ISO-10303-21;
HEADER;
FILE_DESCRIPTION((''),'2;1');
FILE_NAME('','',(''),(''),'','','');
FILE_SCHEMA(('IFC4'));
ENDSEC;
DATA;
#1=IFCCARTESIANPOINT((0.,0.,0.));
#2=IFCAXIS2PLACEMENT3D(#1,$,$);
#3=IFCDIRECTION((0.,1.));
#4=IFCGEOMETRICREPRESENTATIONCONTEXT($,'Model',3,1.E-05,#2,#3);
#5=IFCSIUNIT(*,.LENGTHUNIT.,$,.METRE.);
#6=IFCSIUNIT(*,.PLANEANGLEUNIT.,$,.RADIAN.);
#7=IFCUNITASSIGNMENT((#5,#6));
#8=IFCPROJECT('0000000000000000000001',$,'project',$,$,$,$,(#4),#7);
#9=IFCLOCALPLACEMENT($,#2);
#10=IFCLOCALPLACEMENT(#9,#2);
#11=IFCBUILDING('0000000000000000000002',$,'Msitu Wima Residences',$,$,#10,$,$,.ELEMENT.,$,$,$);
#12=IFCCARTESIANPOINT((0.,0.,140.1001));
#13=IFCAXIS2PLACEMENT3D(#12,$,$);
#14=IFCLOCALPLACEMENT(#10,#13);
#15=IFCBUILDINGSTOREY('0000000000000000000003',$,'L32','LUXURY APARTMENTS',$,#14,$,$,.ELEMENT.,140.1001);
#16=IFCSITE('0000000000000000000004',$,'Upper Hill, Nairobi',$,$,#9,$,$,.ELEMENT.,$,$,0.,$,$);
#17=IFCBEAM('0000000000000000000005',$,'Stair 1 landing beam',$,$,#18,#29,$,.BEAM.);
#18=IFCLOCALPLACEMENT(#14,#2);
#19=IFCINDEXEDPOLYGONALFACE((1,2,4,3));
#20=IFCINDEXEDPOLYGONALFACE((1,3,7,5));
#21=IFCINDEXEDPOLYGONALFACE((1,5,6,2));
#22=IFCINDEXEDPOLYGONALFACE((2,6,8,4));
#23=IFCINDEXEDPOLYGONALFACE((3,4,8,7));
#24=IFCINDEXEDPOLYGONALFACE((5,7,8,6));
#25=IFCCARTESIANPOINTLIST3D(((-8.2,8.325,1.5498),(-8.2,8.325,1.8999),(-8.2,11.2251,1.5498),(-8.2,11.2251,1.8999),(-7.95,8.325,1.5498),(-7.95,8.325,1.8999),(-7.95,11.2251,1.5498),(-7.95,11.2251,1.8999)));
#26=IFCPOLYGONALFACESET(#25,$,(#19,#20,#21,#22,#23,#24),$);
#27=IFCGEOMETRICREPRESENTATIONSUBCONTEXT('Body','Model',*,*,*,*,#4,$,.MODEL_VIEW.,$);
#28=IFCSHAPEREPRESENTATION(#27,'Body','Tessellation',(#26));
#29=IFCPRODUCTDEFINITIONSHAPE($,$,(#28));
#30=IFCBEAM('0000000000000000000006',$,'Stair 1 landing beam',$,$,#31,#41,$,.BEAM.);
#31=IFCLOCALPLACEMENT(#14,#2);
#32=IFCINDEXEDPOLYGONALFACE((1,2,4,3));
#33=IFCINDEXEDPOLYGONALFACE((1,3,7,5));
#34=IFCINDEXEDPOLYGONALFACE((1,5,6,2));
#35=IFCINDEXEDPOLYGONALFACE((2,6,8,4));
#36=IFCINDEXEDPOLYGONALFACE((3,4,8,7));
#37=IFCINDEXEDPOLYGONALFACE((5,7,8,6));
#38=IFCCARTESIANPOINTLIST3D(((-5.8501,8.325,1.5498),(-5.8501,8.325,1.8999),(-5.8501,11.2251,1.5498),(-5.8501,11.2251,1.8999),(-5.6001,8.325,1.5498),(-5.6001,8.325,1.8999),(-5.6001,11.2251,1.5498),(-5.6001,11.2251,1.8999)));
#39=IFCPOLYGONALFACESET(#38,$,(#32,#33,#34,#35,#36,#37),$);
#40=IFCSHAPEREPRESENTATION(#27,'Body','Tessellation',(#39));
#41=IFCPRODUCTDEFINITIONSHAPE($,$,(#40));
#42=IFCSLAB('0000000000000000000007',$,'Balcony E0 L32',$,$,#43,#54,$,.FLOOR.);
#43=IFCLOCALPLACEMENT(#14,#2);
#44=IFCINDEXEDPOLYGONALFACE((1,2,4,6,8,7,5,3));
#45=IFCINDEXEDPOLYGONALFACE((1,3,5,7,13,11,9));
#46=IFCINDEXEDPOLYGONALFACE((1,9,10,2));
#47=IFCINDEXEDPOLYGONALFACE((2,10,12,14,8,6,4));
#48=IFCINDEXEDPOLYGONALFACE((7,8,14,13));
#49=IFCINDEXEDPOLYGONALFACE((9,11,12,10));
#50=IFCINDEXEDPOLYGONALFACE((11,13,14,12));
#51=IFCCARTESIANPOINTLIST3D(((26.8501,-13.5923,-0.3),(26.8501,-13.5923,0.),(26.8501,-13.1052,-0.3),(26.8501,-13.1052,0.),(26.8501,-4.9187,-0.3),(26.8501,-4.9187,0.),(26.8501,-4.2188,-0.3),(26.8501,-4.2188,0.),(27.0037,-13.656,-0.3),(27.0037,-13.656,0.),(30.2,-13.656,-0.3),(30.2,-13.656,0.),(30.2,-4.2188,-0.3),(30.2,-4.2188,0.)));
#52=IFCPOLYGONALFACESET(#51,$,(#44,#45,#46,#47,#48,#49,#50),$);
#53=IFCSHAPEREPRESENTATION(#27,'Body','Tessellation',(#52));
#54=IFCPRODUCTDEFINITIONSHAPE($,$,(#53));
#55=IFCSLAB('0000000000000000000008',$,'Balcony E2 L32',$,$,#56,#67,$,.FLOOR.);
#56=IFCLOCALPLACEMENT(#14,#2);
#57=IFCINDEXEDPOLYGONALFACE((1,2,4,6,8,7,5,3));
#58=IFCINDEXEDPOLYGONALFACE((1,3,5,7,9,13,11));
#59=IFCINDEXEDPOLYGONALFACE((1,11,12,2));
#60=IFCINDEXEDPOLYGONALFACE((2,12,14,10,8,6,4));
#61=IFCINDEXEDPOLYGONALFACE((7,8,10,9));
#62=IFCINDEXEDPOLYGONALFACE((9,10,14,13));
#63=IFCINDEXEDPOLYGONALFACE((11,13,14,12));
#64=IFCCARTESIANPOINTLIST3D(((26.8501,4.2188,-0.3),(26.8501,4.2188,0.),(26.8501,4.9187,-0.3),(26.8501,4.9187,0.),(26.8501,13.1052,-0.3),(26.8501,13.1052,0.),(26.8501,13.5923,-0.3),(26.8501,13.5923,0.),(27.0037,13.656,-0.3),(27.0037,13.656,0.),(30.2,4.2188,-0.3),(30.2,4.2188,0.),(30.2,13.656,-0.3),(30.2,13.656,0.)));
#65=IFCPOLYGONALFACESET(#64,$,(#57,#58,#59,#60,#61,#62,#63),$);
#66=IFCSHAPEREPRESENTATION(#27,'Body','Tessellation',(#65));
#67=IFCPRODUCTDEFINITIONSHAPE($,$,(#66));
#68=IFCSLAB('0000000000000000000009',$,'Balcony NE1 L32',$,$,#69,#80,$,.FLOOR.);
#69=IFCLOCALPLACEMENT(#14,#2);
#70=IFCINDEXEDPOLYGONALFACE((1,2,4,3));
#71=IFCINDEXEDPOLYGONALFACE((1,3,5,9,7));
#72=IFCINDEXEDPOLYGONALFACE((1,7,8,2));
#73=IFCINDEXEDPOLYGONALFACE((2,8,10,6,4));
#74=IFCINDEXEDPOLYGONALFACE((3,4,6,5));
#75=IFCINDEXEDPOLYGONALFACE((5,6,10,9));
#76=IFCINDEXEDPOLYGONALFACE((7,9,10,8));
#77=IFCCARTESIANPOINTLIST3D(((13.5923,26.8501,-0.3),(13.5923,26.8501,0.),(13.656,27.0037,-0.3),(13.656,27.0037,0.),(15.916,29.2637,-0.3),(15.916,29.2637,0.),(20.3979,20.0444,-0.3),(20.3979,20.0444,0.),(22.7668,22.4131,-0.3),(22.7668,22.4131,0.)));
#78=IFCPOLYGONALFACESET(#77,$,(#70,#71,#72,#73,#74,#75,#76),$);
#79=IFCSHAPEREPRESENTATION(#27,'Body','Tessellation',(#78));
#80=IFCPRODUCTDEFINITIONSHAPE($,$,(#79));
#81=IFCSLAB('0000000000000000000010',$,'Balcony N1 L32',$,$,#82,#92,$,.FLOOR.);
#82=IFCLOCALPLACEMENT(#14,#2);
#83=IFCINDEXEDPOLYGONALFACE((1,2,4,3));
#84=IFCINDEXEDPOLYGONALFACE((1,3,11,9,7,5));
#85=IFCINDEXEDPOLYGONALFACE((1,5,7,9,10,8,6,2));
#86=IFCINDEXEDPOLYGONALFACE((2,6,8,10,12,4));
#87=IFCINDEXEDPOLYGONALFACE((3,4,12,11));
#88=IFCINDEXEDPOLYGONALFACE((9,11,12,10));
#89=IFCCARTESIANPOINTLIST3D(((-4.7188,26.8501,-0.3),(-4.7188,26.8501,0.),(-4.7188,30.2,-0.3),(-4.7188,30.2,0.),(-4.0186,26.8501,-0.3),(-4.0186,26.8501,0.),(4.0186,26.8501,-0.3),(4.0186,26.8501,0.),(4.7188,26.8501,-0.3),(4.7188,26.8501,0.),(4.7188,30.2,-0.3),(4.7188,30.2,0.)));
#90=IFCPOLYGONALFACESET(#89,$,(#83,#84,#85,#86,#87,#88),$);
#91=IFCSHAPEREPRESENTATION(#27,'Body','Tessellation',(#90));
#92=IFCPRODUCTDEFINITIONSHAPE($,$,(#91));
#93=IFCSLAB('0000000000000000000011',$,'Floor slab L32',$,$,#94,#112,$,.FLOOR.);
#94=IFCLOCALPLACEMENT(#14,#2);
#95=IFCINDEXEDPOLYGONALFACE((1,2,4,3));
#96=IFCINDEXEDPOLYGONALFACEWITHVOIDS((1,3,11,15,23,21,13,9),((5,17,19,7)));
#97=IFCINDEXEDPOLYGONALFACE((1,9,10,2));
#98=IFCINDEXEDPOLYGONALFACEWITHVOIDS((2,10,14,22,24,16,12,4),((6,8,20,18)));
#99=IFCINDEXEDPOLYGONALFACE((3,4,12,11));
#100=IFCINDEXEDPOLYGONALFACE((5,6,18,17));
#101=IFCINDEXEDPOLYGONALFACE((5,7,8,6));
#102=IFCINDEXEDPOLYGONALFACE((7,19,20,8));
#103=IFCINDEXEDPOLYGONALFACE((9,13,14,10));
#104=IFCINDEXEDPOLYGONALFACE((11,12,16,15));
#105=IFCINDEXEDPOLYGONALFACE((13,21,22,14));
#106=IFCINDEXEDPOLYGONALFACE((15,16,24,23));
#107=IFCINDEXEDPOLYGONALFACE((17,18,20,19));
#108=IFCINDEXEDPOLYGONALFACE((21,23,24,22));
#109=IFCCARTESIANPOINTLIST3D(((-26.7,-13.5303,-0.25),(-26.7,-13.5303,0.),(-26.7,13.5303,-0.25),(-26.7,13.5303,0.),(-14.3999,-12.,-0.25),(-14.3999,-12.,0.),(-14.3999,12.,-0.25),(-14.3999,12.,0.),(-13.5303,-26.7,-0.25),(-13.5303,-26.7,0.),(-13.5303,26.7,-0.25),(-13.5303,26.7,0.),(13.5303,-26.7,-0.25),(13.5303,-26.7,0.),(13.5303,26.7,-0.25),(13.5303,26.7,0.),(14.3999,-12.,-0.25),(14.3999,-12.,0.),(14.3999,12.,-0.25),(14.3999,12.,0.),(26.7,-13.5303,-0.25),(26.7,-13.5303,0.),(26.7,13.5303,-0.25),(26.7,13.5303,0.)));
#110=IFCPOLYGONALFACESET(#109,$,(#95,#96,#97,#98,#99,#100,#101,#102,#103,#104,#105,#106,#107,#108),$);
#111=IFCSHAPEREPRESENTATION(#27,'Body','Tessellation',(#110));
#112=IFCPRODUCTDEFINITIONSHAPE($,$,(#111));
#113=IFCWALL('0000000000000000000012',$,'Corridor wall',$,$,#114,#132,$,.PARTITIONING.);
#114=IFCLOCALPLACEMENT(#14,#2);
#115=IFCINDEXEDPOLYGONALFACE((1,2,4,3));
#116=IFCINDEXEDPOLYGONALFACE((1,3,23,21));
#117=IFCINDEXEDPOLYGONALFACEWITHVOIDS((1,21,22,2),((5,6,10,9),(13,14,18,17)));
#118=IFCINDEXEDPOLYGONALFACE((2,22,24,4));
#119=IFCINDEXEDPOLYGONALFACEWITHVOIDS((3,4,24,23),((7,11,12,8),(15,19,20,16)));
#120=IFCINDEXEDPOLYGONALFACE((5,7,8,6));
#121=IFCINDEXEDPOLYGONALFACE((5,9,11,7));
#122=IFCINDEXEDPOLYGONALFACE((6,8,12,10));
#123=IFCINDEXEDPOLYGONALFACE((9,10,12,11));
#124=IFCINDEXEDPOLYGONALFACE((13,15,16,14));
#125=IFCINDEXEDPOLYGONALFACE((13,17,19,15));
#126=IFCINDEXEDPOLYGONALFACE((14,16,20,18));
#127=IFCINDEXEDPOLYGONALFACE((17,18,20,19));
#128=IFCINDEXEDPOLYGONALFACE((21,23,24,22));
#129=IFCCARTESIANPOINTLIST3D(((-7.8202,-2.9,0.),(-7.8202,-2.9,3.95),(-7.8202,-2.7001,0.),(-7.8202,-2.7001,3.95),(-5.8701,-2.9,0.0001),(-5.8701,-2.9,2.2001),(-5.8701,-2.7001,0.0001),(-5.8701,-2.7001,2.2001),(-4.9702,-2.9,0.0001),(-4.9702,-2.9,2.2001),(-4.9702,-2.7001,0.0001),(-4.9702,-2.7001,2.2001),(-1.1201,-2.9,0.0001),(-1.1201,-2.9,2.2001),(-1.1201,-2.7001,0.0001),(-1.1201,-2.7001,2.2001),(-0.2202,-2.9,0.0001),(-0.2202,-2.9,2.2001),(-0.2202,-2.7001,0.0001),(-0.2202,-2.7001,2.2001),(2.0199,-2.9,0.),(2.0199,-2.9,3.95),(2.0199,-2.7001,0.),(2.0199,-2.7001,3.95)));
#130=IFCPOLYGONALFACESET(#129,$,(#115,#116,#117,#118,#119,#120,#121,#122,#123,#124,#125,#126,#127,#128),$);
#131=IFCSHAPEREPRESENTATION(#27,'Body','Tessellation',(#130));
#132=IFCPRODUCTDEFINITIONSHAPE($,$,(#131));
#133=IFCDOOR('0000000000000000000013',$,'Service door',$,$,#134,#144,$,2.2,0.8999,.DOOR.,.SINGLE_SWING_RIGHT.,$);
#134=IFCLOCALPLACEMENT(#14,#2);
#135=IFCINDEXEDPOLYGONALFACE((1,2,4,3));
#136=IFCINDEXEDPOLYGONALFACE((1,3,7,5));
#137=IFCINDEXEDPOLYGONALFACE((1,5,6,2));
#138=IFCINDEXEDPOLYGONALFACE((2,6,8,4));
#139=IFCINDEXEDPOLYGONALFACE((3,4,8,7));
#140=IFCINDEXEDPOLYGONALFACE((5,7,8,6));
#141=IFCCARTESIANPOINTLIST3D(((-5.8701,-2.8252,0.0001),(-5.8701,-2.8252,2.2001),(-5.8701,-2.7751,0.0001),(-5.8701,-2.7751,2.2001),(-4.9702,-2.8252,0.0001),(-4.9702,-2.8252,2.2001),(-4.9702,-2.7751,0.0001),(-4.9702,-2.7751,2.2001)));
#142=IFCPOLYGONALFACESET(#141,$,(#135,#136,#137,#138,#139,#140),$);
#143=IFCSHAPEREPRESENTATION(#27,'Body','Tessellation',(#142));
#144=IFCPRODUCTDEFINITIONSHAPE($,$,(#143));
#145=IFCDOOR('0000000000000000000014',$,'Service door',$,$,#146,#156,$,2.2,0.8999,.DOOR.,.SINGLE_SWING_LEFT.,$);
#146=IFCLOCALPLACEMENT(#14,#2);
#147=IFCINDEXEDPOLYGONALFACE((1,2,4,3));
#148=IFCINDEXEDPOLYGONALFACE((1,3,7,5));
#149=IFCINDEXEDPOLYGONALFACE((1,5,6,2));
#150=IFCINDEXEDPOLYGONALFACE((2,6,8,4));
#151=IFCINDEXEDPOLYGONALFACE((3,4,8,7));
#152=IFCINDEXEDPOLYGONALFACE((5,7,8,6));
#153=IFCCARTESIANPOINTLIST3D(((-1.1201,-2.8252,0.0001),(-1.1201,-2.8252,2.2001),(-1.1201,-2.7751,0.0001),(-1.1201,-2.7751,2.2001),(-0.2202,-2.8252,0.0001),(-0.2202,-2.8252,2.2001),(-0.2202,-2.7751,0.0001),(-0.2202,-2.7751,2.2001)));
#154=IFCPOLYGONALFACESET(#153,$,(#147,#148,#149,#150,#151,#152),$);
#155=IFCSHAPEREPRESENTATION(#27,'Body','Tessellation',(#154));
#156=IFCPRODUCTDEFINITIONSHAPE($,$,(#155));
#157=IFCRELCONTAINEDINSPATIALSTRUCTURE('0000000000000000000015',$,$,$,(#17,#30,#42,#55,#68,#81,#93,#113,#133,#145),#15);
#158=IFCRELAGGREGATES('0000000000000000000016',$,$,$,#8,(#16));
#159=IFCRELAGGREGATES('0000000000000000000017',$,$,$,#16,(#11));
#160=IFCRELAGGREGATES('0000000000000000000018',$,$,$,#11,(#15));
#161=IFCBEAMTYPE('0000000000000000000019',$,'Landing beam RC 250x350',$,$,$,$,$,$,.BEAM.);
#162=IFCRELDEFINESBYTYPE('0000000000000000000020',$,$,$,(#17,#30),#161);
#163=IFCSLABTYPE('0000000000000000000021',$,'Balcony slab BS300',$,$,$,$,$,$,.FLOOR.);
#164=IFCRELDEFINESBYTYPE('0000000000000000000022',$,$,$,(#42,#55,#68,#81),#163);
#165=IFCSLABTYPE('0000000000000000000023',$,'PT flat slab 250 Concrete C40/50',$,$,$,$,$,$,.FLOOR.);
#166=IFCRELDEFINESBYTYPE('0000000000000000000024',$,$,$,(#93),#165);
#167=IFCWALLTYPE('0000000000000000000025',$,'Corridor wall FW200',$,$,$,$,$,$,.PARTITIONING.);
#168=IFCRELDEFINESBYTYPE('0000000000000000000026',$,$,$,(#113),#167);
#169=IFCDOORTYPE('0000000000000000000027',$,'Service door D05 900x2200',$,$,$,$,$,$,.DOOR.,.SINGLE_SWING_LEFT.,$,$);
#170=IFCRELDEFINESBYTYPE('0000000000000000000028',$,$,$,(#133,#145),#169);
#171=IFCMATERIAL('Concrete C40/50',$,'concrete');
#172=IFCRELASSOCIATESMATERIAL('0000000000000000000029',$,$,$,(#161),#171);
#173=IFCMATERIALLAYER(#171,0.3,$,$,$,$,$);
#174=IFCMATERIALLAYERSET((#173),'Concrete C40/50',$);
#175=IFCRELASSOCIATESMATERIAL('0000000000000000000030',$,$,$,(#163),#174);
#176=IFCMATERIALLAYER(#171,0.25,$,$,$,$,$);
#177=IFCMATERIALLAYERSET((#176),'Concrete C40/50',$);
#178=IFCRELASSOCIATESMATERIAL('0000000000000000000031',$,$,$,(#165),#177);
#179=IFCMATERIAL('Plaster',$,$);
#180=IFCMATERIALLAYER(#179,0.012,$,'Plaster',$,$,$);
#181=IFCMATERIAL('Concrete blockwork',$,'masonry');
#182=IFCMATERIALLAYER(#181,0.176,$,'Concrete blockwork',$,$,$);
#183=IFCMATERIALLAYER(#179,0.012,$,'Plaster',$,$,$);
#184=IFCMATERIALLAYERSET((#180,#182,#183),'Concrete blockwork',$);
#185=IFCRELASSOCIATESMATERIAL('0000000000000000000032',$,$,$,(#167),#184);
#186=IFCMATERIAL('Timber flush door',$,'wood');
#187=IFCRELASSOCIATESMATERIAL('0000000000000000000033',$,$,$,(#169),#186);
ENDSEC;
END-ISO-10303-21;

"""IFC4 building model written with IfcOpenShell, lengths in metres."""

from ifc_helpers import new_model, si_unit, direction, frame, frame_2d, origin, origin_2d, place, context, subcontext, project, spatial, polyline, rectangle, outline, extrude, material, layer, layer_set, material_profile, profile_set, type_object, element, fill, save


model = new_model("IFC4")

# Units and contexts
model_context = context("Model", 3, precision=1e-05, world=origin(), true_north=direction((0.0, 1.0)))
body_context = subcontext(model_context, "Body", "Model", "MODEL_VIEW")
ifc_project = project(units=[si_unit("LENGTHUNIT", "METRE"), si_unit("PLANEANGLEUNIT", "RADIAN")], contexts=[model_context])

# Site, building, storey
site_placement = place(None, origin())
site = spatial("IfcSite", under=ifc_project, at=site_placement, Name="Upper Hill, Nairobi", CompositionType="ELEMENT", RefElevation=0.0)
building_placement = place(site_placement, origin())
building = spatial("IfcBuilding", under=site, at=building_placement, Name="Msitu Wima Residences", CompositionType="ELEMENT")
storey_placement = place(building_placement, frame((0.0, 0.0, 140.1001)))
storey = spatial("IfcBuildingStorey", under=building, at=storey_placement, Name="L32", Description="LUXURY APARTMENTS", CompositionType="ELEMENT", Elevation=140.1001)

# Beams
ifc_material_1 = material(Name="Concrete C40/50", Category="concrete")
ifc_material_profile = material_profile(ifc_material_1, rectangle(XDim=0.25, YDim=0.3501, at=origin_2d()), Name="RC 250x350")
ifc_profile_set = profile_set([ifc_material_profile], Name="Concrete C40/50")
beam_type = type_object("IfcBeamType", Name="Landing beam RC 250x350", PredefinedType="BEAM", material=ifc_profile_set)
for number, where, z_axis, x_axis, name in (
    (1, (-8.075, 8.325, 1.7249), (0.0, 1.0, 0.0), (-1.0, 0.0, 0.0), "Stair 1 landing beam"),
    (2, (-5.7251, 8.325, 1.7249), (0.0, 1.0, 0.0), (-1.0, 0.0, 0.0), "Stair 1 landing beam"),
):
    element("IfcBeam", number, at=place(storey_placement, frame(where, z_axis=z_axis, x_axis=x_axis)), inside=storey, type_object=beam_type, Name=name, PredefinedType="BEAM", context=body_context, shape_type="SweptSolid", body=[
        extrude(rectangle(XDim=0.25, YDim=0.3501, at=origin_2d()), origin(), (0.0, 0.0, 1.0), 2.9001),
    ])

# Slabs
ifc_layer_1 = layer(ifc_material_1, 0.3)
ifc_layer_set_1 = layer_set([ifc_layer_1], Name="Concrete C40/50")
slab_type_1 = type_object("IfcSlabType", Name="Balcony slab BS300", PredefinedType="FLOOR", material=ifc_layer_set_1)
slab_1_placement = place(storey_placement, frame((0.0, 0.0, -0.3)))
element("IfcSlab", 3, at=slab_1_placement, inside=storey, type_object=slab_type_1, Name="Balcony E0 L32", PredefinedType="FLOOR", context=body_context, shape_type="SweptSolid", body=[
    extrude(outline(polyline([(26.8501, -13.1052), (26.8501, -13.1052), (26.8501, -4.9187), (26.8501, -4.9187), (26.8501, -4.2188), (30.2, -4.2188), (30.2, -13.656), (27.0037, -13.656), (26.8501, -13.5923), (26.8501, -13.1052), (26.8501, -13.1052)])), origin(), (0.0, 0.0, 1.0), 0.3),
])
slab_2_placement = place(storey_placement, frame((0.0, 0.0, -0.3)))
element("IfcSlab", 4, at=slab_2_placement, inside=storey, type_object=slab_type_1, Name="Balcony E2 L32", PredefinedType="FLOOR", context=body_context, shape_type="SweptSolid", body=[
    extrude(outline(polyline([(26.8501, 13.1052), (26.8501, 13.1052), (26.8501, 13.5923), (27.0037, 13.656), (30.2, 13.656), (30.2, 4.2188), (26.8501, 4.2188), (26.8501, 4.9187), (26.8501, 4.9187), (26.8501, 13.1052), (26.8501, 13.1052)])), origin(), (0.0, 0.0, 1.0), 0.3),
])
slab_3_placement = place(storey_placement, frame((0.0, 0.0, -0.3)))
element("IfcSlab", 5, at=slab_3_placement, inside=storey, type_object=slab_type_1, Name="Balcony NE1 L32", PredefinedType="FLOOR", context=body_context, shape_type="SweptSolid", body=[
    extrude(outline(polyline([(15.916, 29.2637), (22.7668, 22.4131), (20.3979, 20.0444), (13.5923, 26.8501), (13.656, 27.0037), (15.916, 29.2637)])), origin(), (0.0, 0.0, 1.0), 0.3),
])
slab_4_placement = place(storey_placement, frame((0.0, 0.0, -0.3)))
element("IfcSlab", 6, at=slab_4_placement, inside=storey, type_object=slab_type_1, Name="Balcony N1 L32", PredefinedType="FLOOR", context=body_context, shape_type="SweptSolid", body=[
    extrude(outline(polyline([(-4.0186, 26.8501), (-4.0186, 26.8501), (-4.7188, 26.8501), (-4.7188, 30.2), (4.7188, 30.2), (4.7188, 26.8501), (4.0186, 26.8501), (4.0186, 26.8501), (-4.0186, 26.8501)])), origin(), (0.0, 0.0, 1.0), 0.3),
])
ifc_layer_2 = layer(ifc_material_1, 0.25)
ifc_layer_set_2 = layer_set([ifc_layer_2], Name="Concrete C40/50")
slab_type_2 = type_object("IfcSlabType", Name="PT flat slab 250 Concrete C40/50", PredefinedType="FLOOR", material=ifc_layer_set_2)
slab_5_placement = place(storey_placement, frame((0.0, 0.0, -0.25)))
element("IfcSlab", 7, at=slab_5_placement, inside=storey, type_object=slab_type_2, Name="Floor slab L32", PredefinedType="FLOOR", context=body_context, shape_type="SweptSolid", body=[
    extrude(outline(polyline([(26.7, -13.5303), (13.5303, -26.7), (-13.5303, -26.7), (-26.7, -13.5303), (-26.7, 13.5303), (-13.5303, 26.7), (13.5303, 26.7), (26.7, 13.5303), (26.7, -13.5303)]), holes=[polyline([(-14.3999, -12.0), (14.3999, -12.0), (14.3999, 12.0), (-14.3999, 12.0), (-14.3999, -12.0)])]), origin(), (0.0, 0.0, 1.0), 0.25),
])

# Wall, openings, doors
ifc_material_2 = material(Name="Plaster")
ifc_layer_3 = layer(ifc_material_2, 0.012, Name="Plaster")
ifc_material_3 = material(Name="Concrete blockwork", Category="masonry")
ifc_layer_4 = layer(ifc_material_3, 0.176, Name="Concrete blockwork")
ifc_layer_5 = layer(ifc_material_2, 0.012, Name="Plaster")
ifc_layer_set_3 = layer_set([ifc_layer_3, ifc_layer_4, ifc_layer_5], Name="Concrete blockwork")
wall_type_1 = type_object("IfcWallType", Name="Corridor wall FW200", PredefinedType="PARTITIONING", material=ifc_layer_set_3)
wall_1_placement = place(storey_placement, frame((-7.8201, -2.8, 0.0), z_axis=(0.0, 0.0, 1.0), x_axis=(1.0, 0.0, 0.0)))
wall_1 = element("IfcWall", 8, at=wall_1_placement, inside=storey, type_object=wall_type_1, Name="Corridor wall", PredefinedType="PARTITIONING", context=body_context, shape_type="SweptSolid", body=[
    extrude(rectangle(XDim=9.8401, YDim=0.2, at=frame_2d((4.9199, 0.0))), origin(), (0.0, 0.0, 1.0), 3.95),
])
opening_1_placement = place(wall_1_placement, frame((1.95, 0.0, 0.0)))
opening_1 = element("IfcOpeningElement", 9, at=opening_1_placement, cuts=wall_1, PredefinedType="OPENING", context=body_context, shape_type="SweptSolid", body=[
    extrude(rectangle(XDim=0.8999, YDim=2.2, at=frame_2d((0.45, 1.1001))), frame((0.0, 0.1099, 0.0), z_axis=(0.0, -1.0, 0.0), x_axis=(1.0, 0.0, 0.0)), (0.0, 0.0, 1.0), 0.22),
])
opening_2_placement = place(wall_1_placement, frame((6.7, 0.0, 0.0)))
opening_2 = element("IfcOpeningElement", 10, at=opening_2_placement, cuts=wall_1, PredefinedType="OPENING", context=body_context, shape_type="SweptSolid", body=[
    extrude(rectangle(XDim=0.8999, YDim=2.2, at=frame_2d((0.45, 1.1001))), frame((0.0, 0.1099, 0.0), z_axis=(0.0, -1.0, 0.0), x_axis=(1.0, 0.0, 0.0)), (0.0, 0.0, 1.0), 0.22),
])
ifc_material_4 = material(Name="Timber flush door", Category="wood")
door_type_1 = type_object("IfcDoorType", Name="Service door D05 900x2200", OperationType="SINGLE_SWING_LEFT", PredefinedType="DOOR", material=ifc_material_4)
door_1_placement = place(opening_1_placement, origin())
door_1 = element("IfcDoor", 11, at=door_1_placement, inside=storey, type_object=door_type_1, Name="Service door", OperationType="SINGLE_SWING_RIGHT", OverallHeight=2.2, OverallWidth=0.8999, PredefinedType="DOOR", context=body_context, shape_type="SweptSolid", body=[
    extrude(rectangle(XDim=0.8999, YDim=2.2, at=frame_2d((0.45, 1.1001))), frame((0.0, 0.0249, 0.0), z_axis=(0.0, -1.0, 0.0), x_axis=(1.0, 0.0, 0.0)), (0.0, 0.0, 1.0), 0.05),
])
fill(opening_1, door_1)
door_2_placement = place(opening_2_placement, origin())
door_2 = element("IfcDoor", 12, at=door_2_placement, inside=storey, type_object=door_type_1, Name="Service door", OperationType="SINGLE_SWING_LEFT", OverallHeight=2.2, OverallWidth=0.8999, PredefinedType="DOOR", context=body_context, shape_type="SweptSolid", body=[
    extrude(rectangle(XDim=0.8999, YDim=2.2, at=frame_2d((0.45, 1.1001))), frame((0.0, 0.0249, 0.0), z_axis=(0.0, -1.0, 0.0), x_axis=(1.0, 0.0, 0.0)), (0.0, 0.0, 1.0), 0.05),
])
fill(opening_2, door_2)

save(model, "model.ifc")
